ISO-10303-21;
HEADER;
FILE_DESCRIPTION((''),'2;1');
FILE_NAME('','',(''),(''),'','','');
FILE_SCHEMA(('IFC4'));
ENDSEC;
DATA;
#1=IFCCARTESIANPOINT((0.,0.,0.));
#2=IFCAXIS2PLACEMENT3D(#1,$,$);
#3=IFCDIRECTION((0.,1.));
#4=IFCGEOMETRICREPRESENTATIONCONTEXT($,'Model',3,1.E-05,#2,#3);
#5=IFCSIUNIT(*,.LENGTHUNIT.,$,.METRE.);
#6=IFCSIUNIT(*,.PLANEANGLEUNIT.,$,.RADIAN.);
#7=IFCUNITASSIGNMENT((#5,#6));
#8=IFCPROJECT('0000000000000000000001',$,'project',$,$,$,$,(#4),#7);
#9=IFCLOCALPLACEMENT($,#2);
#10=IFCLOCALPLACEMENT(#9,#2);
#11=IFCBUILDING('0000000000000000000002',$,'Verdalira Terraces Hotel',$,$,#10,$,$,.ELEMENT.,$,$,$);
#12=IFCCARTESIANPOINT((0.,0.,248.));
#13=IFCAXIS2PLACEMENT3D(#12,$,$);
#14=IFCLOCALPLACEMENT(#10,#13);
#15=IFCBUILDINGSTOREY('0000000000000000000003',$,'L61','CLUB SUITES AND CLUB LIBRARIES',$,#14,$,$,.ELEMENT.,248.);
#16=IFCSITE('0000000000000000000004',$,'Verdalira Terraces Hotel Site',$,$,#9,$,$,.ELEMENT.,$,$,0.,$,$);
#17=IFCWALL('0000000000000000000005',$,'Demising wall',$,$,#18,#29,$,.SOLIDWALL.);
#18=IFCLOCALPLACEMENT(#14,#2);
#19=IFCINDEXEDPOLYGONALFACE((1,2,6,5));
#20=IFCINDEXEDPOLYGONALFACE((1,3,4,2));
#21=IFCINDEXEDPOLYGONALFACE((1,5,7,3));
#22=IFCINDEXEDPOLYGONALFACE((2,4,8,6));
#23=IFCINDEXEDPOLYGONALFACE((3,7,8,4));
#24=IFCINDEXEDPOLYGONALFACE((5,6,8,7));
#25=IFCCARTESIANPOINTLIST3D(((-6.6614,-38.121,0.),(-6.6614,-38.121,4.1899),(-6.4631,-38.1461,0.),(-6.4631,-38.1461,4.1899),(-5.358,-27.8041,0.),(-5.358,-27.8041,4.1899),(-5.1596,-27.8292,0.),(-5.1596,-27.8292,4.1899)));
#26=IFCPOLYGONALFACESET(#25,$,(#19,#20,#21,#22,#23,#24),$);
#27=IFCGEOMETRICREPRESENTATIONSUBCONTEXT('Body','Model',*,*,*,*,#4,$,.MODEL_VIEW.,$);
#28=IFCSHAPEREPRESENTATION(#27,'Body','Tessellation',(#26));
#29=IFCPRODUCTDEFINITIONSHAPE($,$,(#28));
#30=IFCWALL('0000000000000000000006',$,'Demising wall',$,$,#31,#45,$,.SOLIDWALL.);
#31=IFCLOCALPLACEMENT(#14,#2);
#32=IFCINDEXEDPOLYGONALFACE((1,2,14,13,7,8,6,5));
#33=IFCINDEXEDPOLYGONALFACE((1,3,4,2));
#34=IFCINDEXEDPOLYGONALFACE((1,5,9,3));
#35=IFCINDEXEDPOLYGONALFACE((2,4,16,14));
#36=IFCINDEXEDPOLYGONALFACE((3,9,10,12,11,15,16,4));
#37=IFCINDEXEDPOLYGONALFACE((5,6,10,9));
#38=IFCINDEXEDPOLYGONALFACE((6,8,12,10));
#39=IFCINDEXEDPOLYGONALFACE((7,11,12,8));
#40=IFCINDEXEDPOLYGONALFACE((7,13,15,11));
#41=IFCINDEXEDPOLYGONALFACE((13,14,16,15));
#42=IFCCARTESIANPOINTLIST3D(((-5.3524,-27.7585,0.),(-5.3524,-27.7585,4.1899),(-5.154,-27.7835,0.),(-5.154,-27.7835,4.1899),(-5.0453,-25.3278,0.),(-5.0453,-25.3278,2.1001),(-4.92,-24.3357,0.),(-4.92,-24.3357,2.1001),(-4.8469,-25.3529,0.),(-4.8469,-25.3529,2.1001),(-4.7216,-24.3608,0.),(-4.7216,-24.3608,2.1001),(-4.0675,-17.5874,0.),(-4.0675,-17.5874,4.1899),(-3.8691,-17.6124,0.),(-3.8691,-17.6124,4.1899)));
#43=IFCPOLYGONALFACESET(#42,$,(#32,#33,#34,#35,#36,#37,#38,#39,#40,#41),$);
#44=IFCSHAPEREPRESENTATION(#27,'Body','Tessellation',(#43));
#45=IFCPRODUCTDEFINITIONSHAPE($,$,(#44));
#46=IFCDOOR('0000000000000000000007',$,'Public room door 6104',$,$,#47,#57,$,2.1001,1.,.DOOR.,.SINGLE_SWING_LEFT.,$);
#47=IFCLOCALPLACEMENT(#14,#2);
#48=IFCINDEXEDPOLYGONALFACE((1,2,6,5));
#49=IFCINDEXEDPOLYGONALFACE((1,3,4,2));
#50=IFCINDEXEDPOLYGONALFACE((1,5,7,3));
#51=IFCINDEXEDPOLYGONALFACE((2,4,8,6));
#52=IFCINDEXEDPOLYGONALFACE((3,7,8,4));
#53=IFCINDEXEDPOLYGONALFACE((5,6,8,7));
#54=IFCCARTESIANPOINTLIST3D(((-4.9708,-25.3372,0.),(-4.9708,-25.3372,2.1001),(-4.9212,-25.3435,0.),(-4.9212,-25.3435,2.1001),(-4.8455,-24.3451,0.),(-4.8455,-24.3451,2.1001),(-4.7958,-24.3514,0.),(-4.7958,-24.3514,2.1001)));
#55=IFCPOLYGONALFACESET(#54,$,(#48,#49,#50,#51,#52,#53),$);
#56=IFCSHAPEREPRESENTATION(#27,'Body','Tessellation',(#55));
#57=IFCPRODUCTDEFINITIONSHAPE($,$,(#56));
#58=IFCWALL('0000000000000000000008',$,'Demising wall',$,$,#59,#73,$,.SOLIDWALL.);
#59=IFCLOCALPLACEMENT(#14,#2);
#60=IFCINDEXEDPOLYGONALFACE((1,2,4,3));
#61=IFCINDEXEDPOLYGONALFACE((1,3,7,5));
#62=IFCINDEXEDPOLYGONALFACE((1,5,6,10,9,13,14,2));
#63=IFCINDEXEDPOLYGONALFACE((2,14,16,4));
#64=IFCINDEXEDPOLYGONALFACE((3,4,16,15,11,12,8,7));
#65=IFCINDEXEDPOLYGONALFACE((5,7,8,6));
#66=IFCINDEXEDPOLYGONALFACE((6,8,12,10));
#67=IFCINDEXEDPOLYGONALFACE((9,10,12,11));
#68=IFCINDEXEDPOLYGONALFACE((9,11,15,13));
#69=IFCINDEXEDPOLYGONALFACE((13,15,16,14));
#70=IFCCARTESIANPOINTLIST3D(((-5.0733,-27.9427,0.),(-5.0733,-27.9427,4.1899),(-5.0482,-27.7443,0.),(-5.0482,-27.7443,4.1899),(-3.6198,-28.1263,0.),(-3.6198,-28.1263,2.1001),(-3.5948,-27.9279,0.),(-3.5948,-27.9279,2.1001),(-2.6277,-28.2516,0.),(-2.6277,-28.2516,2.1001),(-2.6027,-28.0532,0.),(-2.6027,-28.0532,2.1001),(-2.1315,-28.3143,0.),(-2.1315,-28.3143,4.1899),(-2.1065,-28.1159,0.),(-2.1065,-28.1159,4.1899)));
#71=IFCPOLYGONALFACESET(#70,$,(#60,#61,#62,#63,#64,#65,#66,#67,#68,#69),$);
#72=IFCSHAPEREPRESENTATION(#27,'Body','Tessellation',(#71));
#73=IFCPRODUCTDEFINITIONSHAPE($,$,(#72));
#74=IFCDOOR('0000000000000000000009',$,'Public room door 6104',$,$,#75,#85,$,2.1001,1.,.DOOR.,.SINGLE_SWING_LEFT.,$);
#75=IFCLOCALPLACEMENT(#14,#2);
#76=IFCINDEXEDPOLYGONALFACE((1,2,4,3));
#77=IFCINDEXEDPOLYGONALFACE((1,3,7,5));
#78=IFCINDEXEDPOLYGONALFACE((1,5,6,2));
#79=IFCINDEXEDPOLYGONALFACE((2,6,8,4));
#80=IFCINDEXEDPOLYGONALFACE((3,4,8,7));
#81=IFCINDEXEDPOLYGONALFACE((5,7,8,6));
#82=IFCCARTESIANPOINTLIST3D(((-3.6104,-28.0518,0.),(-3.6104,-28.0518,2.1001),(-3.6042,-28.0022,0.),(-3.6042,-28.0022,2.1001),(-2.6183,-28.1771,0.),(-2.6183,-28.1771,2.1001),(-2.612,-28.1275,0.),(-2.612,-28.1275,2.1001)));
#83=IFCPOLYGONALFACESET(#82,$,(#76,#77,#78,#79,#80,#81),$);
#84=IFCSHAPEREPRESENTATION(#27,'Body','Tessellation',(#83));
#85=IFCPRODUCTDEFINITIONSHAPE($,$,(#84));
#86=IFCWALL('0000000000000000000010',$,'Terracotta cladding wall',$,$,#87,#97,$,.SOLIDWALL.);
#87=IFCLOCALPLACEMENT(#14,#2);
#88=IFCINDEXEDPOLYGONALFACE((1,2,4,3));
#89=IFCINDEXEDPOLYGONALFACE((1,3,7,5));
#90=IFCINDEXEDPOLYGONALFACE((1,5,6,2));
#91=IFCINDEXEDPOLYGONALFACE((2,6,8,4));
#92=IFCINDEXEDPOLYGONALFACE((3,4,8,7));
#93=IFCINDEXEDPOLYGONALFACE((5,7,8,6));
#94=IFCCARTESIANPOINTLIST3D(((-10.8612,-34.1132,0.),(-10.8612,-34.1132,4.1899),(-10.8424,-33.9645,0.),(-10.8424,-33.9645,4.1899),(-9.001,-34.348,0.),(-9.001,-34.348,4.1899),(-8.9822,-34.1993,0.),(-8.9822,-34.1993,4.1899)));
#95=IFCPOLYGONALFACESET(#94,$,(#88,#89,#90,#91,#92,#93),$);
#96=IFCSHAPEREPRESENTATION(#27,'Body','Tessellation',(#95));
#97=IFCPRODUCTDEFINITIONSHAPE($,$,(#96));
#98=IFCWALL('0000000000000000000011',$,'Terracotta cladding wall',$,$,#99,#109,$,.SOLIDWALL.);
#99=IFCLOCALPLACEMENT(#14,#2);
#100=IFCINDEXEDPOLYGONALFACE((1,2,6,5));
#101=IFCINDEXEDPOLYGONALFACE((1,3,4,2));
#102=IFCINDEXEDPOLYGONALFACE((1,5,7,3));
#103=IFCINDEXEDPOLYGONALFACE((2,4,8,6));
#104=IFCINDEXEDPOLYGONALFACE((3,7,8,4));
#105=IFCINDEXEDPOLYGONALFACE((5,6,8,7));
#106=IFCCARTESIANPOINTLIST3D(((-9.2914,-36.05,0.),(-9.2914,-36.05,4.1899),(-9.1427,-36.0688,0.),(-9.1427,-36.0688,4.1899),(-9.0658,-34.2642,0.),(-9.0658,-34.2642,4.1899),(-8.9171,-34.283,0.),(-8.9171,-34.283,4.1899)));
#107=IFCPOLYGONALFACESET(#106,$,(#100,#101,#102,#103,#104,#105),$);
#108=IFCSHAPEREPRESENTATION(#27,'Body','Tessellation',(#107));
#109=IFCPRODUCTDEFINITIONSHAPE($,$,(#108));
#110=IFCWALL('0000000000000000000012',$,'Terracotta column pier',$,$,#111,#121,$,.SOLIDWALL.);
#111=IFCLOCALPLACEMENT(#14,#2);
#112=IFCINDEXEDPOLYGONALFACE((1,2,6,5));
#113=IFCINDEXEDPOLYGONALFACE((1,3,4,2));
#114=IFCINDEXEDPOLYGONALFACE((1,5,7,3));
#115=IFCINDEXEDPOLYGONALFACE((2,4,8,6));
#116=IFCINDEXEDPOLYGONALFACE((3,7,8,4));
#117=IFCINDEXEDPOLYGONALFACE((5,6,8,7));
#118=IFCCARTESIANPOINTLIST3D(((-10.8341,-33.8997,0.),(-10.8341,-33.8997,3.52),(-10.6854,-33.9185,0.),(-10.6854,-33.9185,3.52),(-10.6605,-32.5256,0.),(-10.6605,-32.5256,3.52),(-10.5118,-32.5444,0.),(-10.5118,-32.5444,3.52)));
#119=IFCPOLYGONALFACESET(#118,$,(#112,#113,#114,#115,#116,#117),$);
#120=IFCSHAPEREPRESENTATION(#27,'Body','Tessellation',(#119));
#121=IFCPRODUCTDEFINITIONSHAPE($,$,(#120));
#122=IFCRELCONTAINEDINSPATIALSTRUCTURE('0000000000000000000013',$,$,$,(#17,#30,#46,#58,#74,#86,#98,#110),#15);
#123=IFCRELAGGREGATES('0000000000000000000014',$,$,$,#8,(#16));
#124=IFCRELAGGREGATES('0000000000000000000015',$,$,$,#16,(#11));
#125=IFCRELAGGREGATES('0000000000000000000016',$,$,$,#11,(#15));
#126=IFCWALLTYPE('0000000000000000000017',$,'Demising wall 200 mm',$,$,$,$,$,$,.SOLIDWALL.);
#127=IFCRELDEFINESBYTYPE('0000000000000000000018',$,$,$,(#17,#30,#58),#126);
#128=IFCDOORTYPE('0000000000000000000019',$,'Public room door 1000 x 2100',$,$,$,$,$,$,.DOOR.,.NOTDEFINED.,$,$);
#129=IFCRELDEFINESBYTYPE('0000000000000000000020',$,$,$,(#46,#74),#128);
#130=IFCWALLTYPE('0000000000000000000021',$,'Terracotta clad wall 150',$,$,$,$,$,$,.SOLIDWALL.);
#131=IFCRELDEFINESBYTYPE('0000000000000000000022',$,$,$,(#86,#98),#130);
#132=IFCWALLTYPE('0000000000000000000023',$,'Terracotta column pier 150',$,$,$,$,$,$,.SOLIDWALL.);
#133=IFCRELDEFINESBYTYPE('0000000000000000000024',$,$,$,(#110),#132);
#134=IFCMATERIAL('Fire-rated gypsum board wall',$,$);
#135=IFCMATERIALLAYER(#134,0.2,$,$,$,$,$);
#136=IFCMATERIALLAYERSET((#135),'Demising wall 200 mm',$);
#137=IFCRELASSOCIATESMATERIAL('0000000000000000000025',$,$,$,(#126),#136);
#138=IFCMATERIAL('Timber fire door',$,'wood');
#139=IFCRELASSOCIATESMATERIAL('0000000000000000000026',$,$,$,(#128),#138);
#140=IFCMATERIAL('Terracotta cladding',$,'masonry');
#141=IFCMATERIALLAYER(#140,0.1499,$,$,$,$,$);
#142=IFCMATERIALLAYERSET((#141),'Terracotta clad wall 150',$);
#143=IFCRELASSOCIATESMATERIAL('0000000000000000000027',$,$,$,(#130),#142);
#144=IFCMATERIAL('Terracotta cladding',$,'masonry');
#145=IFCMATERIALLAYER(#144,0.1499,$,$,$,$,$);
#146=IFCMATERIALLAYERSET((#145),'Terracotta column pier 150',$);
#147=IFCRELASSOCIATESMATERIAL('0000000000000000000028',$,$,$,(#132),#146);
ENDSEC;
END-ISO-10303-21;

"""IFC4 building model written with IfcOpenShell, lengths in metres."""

from ifc_helpers import new_model, si_unit, direction, frame, frame_2d, origin, place, context, subcontext, project, spatial, rectangle, extrude, material, layer, layer_set, type_object, element, fill, save


model = new_model("IFC4")

# Units and contexts
model_context = context("Model", 3, precision=1e-05, world=origin(), true_north=direction((0.0, 1.0)))
body_context = subcontext(model_context, "Body", "Model", "MODEL_VIEW")
ifc_project = project(units=[si_unit("LENGTHUNIT", "METRE"), si_unit("PLANEANGLEUNIT", "RADIAN")], contexts=[model_context])

# Site, building, storey
site_placement = place(None, origin())
site = spatial("IfcSite", under=ifc_project, at=site_placement, Name="Verdalira Terraces Hotel Site", CompositionType="ELEMENT", RefElevation=0.0)
building_placement = place(site_placement, origin())
building = spatial("IfcBuilding", under=site, at=building_placement, Name="Verdalira Terraces Hotel", CompositionType="ELEMENT")
storey_placement = place(building_placement, frame((0.0, 0.0, 248.0)))
storey = spatial("IfcBuildingStorey", under=building, at=storey_placement, Name="L61", Description="CLUB SUITES AND CLUB LIBRARIES", CompositionType="ELEMENT", Elevation=248.0)

# Wall
ifc_material_1 = material(Name="Fire-rated gypsum board wall")
ifc_layer_1 = layer(ifc_material_1, 0.2)
ifc_layer_set_1 = layer_set([ifc_layer_1], Name="Demising wall 200 mm")
wall_type_1 = type_object("IfcWallType", Name="Demising wall 200 mm", PredefinedType="SOLIDWALL", material=ifc_layer_set_1)
wall_1_placement = place(storey_placement, frame((-5.2588, -27.8166, 0.0), z_axis=(0.0, 0.0, 1.0), x_axis=(-0.125346, -0.992113, 0.0)))
element("IfcWall", 1, at=wall_1_placement, inside=storey, type_object=wall_type_1, Name="Demising wall", PredefinedType="SOLIDWALL", context=body_context, shape_type="SweptSolid", body=[
    extrude(rectangle(XDim=10.3989, YDim=0.2, at=frame_2d((5.1995, 0.0))), origin(), (0.0, 0.0, 1.0), 4.1899),
])

# Walls, openings, doors
wall_2_placement = place(storey_placement, frame((-5.2532, -27.771, 0.0), z_axis=(0.0, 0.0, 1.0), x_axis=(0.125333, 0.992115, 0.0)))
wall_2 = element("IfcWall", 2, at=wall_2_placement, inside=storey, type_object=wall_type_1, Name="Demising wall", PredefinedType="SOLIDWALL", context=body_context, shape_type="SweptSolid", body=[
    extrude(rectangle(XDim=10.252, YDim=0.2, at=frame_2d((5.126, 0.0))), origin(), (0.0, 0.0, 1.0), 4.1899),
])
opening_1_placement = place(wall_2_placement, frame((2.45, 0.0, 0.0)))
opening_1 = element("IfcOpeningElement", 3, at=opening_1_placement, cuts=wall_2, PredefinedType="OPENING", context=body_context, shape_type="SweptSolid", body=[
    extrude(rectangle(XDim=1.0, YDim=2.1001, at=frame_2d((0.5, 1.05))), frame((0.0, 0.1099, 0.0), z_axis=(0.0, -1.0, 0.0), x_axis=(1.0, 0.0, 0.0)), (0.0, 0.0, 1.0), 0.22),
])
ifc_material_2 = material(Name="Timber fire door", Category="wood")
door_type = type_object("IfcDoorType", Name="Public room door 1000 x 2100", OperationType="NOTDEFINED", PredefinedType="DOOR", material=ifc_material_2)
door_1_placement = place(opening_1_placement, origin())
door_1 = element("IfcDoor", 4, at=door_1_placement, inside=storey, type_object=door_type, Name="Public room door 6104", OperationType="SINGLE_SWING_LEFT", OverallHeight=2.1001, OverallWidth=1.0, PredefinedType="DOOR", context=body_context, shape_type="SweptSolid", body=[
    extrude(rectangle(XDim=1.0, YDim=2.1001, at=frame_2d((0.5, 1.05))), frame((0.0, 0.0249, 0.0), z_axis=(0.0, -1.0, 0.0), x_axis=(1.0, 0.0, 0.0)), (0.0, 0.0, 1.0), 0.05),
])
fill(opening_1, door_1)
wall_3_placement = place(storey_placement, frame((-2.1191, -28.2151, 0.0), z_axis=(0.0, 0.0, 1.0), x_axis=(-0.992116, 0.125322, 0.0)))
wall_3 = element("IfcWall", 5, at=wall_3_placement, inside=storey, type_object=wall_type_1, Name="Demising wall", PredefinedType="SOLIDWALL", context=body_context, shape_type="SweptSolid", body=[
    extrude(rectangle(XDim=2.9651, YDim=0.2, at=frame_2d((1.4824, 0.0))), origin(), (0.0, 0.0, 1.0), 4.1899),
])
opening_2_placement = place(wall_3_placement, frame((0.5, 0.0, 0.0)))
opening_2 = element("IfcOpeningElement", 6, at=opening_2_placement, cuts=wall_3, PredefinedType="OPENING", context=body_context, shape_type="SweptSolid", body=[
    extrude(rectangle(XDim=1.0, YDim=2.1001, at=frame_2d((0.5, 1.05))), frame((0.0, 0.1099, 0.0), z_axis=(0.0, -1.0, 0.0), x_axis=(1.0, 0.0, 0.0)), (0.0, 0.0, 1.0), 0.22),
])
door_2_placement = place(opening_2_placement, origin())
door_2 = element("IfcDoor", 7, at=door_2_placement, inside=storey, type_object=door_type, Name="Public room door 6104", OperationType="SINGLE_SWING_LEFT", OverallHeight=2.1001, OverallWidth=1.0, PredefinedType="DOOR", context=body_context, shape_type="SweptSolid", body=[
    extrude(rectangle(XDim=1.0, YDim=2.1001, at=frame_2d((0.5, 1.05))), frame((0.0, 0.0249, 0.0), z_axis=(0.0, -1.0, 0.0), x_axis=(1.0, 0.0, 0.0)), (0.0, 0.0, 1.0), 0.05),
])
fill(opening_2, door_2)

# Walls
ifc_material_3 = material(Name="Terracotta cladding", Category="masonry")
ifc_layer_2 = layer(ifc_material_3, 0.1499)
ifc_layer_set_2 = layer_set([ifc_layer_2], Name="Terracotta clad wall 150")
wall_type_2 = type_object("IfcWallType", Name="Terracotta clad wall 150", PredefinedType="SOLIDWALL", material=ifc_layer_set_2)
wall_4_placement = place(storey_placement, frame((-10.8518, -34.0388, 0.0), z_axis=(0.0, 0.0, 1.0), x_axis=(0.992125, -0.125253, 0.0)))
element("IfcWall", 8, at=wall_4_placement, inside=storey, type_object=wall_type_2, Name="Terracotta cladding wall", PredefinedType="SOLIDWALL", context=body_context, shape_type="SweptSolid", body=[
    extrude(rectangle(XDim=1.875, YDim=0.1499, at=frame_2d((0.9375, 0.0))), origin(), (0.0, 0.0, 1.0), 4.1899),
])
wall_5_placement = place(storey_placement, frame((-8.9915, -34.2737, 0.0), z_axis=(0.0, 0.0, 1.0), x_axis=(-0.12532, -0.992116, 0.0)))
element("IfcWall", 9, at=wall_5_placement, inside=storey, type_object=wall_type_2, Name="Terracotta cladding wall", PredefinedType="SOLIDWALL", context=body_context, shape_type="SweptSolid", body=[
    extrude(rectangle(XDim=1.8, YDim=0.1499, at=frame_2d((0.8999, 0.0))), origin(), (0.0, 0.0, 1.0), 4.1899),
])
ifc_material_4 = material(Name="Terracotta cladding", Category="masonry")
ifc_layer_3 = layer(ifc_material_4, 0.1499)
ifc_layer_set_3 = layer_set([ifc_layer_3], Name="Terracotta column pier 150")
wall_type_3 = type_object("IfcWallType", Name="Terracotta column pier 150", PredefinedType="SOLIDWALL", material=ifc_layer_set_3)
wall_6_placement = place(storey_placement, frame((-10.5862, -32.5352, 0.0), z_axis=(0.0, 0.0, 1.0), x_axis=(-0.125336, -0.992114, 0.0)))
element("IfcWall", 10, at=wall_6_placement, inside=storey, type_object=wall_type_3, Name="Terracotta column pier", PredefinedType="SOLIDWALL", context=body_context, shape_type="SweptSolid", body=[
    extrude(rectangle(XDim=1.385, YDim=0.1499, at=frame_2d((0.6924, 0.0))), origin(), (0.0, 0.0, 1.0), 3.52),
])

save(model, "model.ifc")
